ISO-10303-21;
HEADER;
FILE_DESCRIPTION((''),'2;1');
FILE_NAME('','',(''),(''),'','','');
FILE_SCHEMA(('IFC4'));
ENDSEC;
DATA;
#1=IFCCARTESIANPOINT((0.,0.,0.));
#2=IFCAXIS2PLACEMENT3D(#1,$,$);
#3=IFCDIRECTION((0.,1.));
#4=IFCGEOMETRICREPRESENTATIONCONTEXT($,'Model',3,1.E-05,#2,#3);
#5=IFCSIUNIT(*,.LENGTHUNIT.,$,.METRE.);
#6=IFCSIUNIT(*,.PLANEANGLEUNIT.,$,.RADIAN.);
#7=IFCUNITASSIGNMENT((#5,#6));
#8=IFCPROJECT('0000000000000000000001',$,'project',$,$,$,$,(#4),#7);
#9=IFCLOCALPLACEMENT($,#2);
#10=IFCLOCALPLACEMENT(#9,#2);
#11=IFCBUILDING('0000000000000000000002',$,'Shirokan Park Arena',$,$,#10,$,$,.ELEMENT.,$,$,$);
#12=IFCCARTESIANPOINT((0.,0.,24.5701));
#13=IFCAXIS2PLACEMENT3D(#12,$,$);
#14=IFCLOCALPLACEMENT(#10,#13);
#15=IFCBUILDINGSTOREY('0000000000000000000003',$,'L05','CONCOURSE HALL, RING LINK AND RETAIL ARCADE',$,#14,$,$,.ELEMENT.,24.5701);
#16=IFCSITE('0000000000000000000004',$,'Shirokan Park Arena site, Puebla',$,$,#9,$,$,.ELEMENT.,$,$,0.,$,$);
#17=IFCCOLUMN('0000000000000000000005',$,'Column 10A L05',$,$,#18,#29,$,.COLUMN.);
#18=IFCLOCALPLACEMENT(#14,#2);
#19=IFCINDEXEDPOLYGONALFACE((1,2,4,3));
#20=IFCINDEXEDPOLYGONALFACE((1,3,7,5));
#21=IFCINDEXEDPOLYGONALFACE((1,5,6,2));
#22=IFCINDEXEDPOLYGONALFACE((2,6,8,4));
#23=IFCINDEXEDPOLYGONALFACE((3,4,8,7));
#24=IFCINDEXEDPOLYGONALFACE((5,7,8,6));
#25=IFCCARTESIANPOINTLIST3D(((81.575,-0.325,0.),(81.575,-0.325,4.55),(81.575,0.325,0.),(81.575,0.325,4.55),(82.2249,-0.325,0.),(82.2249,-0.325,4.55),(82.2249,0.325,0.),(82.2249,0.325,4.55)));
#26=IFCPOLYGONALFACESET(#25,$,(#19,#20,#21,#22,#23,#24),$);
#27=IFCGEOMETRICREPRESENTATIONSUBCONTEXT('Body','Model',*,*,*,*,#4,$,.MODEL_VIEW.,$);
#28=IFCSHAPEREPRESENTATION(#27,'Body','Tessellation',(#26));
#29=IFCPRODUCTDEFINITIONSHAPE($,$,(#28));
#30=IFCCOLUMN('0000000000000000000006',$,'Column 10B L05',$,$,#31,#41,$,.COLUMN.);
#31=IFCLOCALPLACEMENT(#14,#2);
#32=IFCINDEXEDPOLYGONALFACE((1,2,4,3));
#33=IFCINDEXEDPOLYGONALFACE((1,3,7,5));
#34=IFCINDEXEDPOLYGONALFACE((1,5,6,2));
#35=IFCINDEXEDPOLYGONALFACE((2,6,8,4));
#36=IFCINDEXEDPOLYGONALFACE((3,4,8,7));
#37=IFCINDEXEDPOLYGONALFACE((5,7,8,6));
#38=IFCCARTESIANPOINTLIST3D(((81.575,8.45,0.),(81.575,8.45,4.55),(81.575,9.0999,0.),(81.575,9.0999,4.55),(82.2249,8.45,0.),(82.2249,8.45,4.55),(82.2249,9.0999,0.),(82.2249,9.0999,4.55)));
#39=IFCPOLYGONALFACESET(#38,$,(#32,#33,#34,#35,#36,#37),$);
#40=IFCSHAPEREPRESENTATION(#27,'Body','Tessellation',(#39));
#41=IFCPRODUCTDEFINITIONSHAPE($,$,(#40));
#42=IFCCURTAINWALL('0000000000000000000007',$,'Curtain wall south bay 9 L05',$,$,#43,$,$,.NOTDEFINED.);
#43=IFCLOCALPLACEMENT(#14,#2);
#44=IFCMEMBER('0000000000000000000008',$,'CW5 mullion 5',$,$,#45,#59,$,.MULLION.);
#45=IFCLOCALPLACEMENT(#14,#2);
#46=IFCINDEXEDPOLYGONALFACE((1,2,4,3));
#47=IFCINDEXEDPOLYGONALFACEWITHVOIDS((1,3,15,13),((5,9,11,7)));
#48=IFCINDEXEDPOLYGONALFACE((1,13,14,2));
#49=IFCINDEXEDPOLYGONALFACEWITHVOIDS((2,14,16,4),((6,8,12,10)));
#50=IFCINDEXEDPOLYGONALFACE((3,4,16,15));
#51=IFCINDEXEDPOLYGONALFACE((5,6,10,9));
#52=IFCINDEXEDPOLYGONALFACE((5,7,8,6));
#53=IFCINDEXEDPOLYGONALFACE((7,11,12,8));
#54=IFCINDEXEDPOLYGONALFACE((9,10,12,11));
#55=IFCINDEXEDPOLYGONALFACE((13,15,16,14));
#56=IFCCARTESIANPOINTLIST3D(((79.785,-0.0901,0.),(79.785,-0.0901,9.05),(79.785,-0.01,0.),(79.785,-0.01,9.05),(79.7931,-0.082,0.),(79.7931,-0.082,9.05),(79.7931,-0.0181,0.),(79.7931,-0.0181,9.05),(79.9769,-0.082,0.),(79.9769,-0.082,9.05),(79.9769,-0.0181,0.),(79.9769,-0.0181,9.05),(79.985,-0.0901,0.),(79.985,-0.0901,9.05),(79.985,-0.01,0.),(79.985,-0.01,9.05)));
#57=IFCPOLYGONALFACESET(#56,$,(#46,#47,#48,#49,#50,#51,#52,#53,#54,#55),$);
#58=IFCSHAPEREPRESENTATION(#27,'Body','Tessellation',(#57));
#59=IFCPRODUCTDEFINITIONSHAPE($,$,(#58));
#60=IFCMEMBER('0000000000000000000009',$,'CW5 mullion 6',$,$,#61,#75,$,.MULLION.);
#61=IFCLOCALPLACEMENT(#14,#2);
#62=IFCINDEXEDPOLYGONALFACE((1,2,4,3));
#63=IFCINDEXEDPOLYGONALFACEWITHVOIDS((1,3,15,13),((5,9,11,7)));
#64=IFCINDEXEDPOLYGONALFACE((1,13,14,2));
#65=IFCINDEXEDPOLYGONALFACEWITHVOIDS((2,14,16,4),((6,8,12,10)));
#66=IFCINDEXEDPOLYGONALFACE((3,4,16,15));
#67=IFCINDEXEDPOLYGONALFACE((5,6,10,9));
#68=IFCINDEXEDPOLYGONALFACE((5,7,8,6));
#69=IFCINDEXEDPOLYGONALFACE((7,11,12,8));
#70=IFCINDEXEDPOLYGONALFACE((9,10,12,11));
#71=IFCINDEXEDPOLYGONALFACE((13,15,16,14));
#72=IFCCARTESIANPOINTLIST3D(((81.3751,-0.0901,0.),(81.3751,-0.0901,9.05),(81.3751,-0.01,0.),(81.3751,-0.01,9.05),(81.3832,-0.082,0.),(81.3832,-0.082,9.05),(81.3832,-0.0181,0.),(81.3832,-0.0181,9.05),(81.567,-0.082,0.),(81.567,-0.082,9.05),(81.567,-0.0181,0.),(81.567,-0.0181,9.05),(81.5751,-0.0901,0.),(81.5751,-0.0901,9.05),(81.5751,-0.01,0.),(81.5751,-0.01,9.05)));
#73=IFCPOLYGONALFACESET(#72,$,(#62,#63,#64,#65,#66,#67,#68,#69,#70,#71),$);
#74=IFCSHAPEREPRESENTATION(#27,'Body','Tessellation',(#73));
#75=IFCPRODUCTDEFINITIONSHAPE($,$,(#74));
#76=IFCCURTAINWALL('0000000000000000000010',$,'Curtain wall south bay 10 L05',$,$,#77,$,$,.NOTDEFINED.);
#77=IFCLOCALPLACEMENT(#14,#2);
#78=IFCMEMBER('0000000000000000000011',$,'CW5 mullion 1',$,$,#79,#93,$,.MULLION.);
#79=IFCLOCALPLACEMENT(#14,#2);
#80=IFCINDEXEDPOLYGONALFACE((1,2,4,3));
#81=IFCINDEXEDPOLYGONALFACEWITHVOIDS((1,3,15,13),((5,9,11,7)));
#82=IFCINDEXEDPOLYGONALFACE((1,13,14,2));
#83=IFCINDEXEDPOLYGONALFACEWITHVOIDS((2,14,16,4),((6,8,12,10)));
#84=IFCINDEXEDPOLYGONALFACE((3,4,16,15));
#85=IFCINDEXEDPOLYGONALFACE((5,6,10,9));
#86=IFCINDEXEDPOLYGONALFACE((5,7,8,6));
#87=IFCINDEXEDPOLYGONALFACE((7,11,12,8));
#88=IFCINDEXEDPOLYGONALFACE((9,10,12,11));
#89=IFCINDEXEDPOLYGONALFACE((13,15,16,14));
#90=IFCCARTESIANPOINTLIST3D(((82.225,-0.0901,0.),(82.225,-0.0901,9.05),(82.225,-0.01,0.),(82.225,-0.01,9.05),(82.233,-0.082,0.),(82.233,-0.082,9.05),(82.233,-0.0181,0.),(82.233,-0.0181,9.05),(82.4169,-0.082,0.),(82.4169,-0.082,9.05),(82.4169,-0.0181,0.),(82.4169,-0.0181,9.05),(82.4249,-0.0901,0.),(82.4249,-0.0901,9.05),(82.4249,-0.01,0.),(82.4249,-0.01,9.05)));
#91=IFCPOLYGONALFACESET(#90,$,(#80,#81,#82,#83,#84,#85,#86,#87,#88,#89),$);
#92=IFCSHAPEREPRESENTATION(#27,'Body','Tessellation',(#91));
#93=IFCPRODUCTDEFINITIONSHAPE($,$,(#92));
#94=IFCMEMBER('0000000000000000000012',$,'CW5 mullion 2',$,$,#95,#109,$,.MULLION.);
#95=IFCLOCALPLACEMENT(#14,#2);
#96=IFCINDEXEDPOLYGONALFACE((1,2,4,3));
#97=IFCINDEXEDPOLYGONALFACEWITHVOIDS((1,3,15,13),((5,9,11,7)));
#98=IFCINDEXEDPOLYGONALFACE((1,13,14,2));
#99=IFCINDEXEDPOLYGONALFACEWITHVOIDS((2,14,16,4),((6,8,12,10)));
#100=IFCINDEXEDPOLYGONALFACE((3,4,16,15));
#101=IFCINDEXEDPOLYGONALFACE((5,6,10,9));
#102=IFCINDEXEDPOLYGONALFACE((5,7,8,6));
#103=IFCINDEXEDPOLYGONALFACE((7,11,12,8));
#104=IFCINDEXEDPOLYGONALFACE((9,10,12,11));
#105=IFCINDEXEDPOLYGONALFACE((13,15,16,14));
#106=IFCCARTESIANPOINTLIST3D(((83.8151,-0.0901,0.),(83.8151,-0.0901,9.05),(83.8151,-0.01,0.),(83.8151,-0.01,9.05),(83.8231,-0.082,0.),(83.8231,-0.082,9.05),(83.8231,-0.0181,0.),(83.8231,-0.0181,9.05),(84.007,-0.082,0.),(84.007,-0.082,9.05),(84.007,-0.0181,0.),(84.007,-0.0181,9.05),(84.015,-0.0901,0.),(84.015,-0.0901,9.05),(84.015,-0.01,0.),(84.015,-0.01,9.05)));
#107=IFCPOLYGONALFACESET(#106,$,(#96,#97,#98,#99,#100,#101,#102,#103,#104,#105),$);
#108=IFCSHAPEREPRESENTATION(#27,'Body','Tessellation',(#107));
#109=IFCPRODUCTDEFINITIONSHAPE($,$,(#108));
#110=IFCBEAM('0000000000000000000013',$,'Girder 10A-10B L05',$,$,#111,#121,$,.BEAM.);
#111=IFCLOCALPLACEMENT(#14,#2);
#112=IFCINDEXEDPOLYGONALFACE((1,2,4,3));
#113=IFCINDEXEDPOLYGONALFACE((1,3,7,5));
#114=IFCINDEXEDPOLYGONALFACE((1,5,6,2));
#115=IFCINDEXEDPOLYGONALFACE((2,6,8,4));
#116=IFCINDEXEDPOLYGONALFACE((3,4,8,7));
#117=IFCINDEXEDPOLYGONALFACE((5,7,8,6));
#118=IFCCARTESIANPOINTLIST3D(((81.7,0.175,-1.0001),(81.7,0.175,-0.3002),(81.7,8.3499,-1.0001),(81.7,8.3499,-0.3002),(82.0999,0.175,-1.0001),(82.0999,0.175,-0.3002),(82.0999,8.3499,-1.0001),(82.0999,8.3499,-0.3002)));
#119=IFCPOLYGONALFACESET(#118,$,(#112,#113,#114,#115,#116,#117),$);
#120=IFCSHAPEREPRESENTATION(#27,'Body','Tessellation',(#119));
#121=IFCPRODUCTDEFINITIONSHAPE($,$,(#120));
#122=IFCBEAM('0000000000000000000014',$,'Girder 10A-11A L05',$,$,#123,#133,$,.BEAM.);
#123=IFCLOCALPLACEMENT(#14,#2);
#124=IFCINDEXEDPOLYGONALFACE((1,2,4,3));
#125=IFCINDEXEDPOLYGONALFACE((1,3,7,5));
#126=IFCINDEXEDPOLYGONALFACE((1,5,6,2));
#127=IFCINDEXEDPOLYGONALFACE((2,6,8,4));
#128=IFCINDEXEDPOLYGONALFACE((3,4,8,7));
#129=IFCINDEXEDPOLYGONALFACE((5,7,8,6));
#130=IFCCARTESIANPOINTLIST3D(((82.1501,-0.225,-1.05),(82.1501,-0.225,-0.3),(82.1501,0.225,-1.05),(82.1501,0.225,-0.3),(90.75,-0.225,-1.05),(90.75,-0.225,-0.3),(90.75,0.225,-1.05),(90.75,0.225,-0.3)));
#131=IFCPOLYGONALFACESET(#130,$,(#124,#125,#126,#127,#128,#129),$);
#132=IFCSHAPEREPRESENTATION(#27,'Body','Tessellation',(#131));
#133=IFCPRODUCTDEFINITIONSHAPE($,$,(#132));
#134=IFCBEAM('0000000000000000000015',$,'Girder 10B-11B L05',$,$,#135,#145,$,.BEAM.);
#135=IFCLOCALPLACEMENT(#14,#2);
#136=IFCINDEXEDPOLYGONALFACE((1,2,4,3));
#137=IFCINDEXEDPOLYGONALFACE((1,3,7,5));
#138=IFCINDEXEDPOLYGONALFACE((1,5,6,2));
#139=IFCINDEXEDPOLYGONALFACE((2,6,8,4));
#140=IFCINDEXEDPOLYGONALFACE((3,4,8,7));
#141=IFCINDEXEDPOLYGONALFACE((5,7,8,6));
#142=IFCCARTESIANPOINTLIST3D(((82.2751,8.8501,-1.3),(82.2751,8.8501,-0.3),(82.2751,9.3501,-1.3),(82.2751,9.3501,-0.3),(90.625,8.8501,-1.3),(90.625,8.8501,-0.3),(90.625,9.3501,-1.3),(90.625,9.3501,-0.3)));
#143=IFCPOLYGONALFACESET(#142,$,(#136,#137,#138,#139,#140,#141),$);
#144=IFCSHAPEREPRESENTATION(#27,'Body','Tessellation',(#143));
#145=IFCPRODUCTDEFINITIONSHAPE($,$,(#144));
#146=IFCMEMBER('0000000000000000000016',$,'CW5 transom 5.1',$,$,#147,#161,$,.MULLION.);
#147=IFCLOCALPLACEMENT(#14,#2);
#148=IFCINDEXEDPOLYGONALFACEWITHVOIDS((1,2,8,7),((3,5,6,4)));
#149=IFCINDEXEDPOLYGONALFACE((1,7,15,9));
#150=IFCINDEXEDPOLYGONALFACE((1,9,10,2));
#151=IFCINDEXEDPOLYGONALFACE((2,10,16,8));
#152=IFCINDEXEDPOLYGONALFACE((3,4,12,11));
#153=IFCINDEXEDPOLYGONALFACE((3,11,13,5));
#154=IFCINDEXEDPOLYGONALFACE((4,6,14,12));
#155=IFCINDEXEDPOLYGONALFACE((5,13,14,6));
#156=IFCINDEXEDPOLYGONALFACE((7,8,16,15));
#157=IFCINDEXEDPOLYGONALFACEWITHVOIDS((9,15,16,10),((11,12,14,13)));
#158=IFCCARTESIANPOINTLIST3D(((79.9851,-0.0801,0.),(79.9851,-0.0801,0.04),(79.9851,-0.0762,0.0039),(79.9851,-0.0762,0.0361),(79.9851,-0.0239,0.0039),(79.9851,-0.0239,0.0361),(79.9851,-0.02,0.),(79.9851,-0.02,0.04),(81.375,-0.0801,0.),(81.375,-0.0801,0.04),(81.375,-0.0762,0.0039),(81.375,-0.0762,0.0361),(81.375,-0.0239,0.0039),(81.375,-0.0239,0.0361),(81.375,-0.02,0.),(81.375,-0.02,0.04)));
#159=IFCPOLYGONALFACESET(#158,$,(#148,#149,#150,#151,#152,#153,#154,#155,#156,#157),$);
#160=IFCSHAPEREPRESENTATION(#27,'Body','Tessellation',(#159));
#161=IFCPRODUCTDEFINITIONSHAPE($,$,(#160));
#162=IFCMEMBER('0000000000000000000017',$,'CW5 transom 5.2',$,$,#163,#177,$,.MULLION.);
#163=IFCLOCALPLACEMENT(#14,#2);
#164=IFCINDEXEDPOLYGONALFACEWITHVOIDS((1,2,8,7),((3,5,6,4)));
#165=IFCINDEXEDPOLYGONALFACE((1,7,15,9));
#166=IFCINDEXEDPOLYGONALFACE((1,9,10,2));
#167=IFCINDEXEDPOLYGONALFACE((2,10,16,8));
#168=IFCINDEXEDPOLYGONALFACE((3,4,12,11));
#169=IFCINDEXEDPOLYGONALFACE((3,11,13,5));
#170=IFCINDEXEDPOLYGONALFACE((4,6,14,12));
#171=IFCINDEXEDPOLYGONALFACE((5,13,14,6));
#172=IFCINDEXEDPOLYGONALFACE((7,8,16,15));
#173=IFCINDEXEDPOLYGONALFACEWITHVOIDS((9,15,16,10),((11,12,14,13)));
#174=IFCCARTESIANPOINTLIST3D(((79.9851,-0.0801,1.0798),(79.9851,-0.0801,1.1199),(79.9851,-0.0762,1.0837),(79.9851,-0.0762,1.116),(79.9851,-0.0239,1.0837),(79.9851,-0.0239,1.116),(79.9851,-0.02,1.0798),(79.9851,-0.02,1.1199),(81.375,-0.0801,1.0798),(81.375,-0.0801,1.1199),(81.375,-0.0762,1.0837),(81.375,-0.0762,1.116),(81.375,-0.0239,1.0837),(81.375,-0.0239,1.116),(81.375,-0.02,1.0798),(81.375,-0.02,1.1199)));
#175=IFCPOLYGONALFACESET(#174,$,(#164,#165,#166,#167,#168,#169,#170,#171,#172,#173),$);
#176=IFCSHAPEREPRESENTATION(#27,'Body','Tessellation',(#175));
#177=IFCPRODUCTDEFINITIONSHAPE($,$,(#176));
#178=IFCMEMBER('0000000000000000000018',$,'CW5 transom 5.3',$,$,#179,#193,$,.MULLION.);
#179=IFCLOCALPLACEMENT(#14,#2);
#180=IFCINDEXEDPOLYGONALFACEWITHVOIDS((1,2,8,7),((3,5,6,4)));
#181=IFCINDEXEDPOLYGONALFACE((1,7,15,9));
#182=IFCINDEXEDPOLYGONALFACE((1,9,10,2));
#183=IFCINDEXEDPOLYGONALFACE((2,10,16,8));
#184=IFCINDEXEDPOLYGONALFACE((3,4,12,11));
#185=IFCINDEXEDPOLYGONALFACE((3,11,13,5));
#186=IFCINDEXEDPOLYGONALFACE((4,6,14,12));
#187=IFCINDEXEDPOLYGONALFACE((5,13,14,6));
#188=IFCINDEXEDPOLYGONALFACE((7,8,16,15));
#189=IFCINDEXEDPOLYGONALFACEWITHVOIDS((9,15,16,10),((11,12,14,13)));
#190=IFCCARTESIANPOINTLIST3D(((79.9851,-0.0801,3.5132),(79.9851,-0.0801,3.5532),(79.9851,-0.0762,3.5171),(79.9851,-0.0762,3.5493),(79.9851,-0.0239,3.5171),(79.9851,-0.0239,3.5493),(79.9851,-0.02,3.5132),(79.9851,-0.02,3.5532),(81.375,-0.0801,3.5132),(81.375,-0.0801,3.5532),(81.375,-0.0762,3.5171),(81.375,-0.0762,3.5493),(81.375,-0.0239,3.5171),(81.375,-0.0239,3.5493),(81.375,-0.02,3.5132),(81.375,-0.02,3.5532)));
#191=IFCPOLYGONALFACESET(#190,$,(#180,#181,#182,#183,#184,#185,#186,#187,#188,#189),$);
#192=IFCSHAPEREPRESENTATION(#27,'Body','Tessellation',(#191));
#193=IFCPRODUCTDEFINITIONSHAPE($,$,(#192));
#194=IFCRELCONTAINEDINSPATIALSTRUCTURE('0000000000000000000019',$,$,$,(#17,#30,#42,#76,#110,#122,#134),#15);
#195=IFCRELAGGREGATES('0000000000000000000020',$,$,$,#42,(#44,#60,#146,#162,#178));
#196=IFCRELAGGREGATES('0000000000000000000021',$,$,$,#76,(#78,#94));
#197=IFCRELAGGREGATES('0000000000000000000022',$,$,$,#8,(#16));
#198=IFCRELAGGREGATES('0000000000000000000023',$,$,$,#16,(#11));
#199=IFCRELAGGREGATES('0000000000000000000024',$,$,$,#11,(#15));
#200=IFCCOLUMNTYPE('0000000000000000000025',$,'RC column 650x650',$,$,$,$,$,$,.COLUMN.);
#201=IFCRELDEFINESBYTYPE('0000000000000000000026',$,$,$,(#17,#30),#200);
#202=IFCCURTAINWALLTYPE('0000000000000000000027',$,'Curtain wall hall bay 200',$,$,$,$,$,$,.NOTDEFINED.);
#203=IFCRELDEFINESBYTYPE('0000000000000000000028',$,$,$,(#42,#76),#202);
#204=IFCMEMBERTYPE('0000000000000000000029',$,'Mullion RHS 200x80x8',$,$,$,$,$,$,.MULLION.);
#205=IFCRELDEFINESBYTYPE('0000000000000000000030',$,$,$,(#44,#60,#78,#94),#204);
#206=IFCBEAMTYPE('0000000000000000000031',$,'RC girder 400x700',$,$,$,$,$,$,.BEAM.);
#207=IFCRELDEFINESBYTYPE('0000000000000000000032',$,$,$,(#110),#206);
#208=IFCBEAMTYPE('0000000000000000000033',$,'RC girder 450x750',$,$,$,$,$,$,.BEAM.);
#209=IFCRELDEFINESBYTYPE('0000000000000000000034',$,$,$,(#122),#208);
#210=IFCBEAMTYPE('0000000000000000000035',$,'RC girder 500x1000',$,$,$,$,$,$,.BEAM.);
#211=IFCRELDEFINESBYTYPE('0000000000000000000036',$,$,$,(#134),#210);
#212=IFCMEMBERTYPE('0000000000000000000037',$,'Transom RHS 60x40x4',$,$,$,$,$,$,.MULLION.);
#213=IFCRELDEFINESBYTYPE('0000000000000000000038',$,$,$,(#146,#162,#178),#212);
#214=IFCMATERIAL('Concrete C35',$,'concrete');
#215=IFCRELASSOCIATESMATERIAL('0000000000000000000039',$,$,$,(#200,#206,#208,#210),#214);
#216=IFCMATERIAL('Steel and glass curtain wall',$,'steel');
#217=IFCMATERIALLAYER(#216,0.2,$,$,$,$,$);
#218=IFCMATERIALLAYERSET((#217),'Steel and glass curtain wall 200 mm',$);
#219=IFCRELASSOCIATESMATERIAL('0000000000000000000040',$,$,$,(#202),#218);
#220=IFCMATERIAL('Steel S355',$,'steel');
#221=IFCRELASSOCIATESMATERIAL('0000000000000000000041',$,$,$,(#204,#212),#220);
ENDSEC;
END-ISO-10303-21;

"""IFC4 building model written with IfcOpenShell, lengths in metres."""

from ifc_helpers import new_model, si_unit, direction, frame, origin, origin_2d, place, context, subcontext, project, spatial, rectangle, hollow_rectangle, extrude, material, layer, layer_set, material_profile, profile_set, type_object, element, aggregate, save


model = new_model("IFC4")

# Units and contexts
model_context = context("Model", 3, precision=1e-05, world=origin(), true_north=direction((0.0, 1.0)))
body_context = subcontext(model_context, "Body", "Model", "MODEL_VIEW")
ifc_project = project(units=[si_unit("LENGTHUNIT", "METRE"), si_unit("PLANEANGLEUNIT", "RADIAN")], contexts=[model_context])

# Site, building, storey
site_placement = place(None, origin())
site = spatial("IfcSite", under=ifc_project, at=site_placement, Name="Shirokan Park Arena site, Puebla", CompositionType="ELEMENT", RefElevation=0.0)
building_placement = place(site_placement, origin())
building = spatial("IfcBuilding", under=site, at=building_placement, Name="Shirokan Park Arena", CompositionType="ELEMENT")
storey_placement = place(building_placement, frame((0.0, 0.0, 24.5701)))
storey = spatial("IfcBuildingStorey", under=building, at=storey_placement, Name="L05", Description="CONCOURSE HALL, RING LINK AND RETAIL ARCADE", CompositionType="ELEMENT", Elevation=24.5701)

# Columns
ifc_material_1 = material(Name="Concrete C35", Category="concrete")
ifc_material_profile_1 = material_profile(ifc_material_1, rectangle(XDim=0.6499, YDim=0.6499, at=origin_2d()), Name="650x650")
ifc_profile_set_1 = profile_set([ifc_material_profile_1], Name="Concrete C35")
column_type = type_object("IfcColumnType", Name="RC column 650x650", PredefinedType="COLUMN", material=ifc_profile_set_1)
for number, where, z_axis, x_axis, name in (
    (1, (81.8999, 0.0, 0.0), (0.0, 0.0, 1.0), (1.0, 0.0, 0.0), "Column 10A L05"),
    (2, (81.8999, 8.7749, 0.0), (0.0, 0.0, 1.0), (1.0, 0.0, 0.0), "Column 10B L05"),
):
    element("IfcColumn", number, at=place(storey_placement, frame(where, z_axis=z_axis, x_axis=x_axis)), inside=storey, type_object=column_type, Name=name, PredefinedType="COLUMN", context=body_context, shape_type="SweptSolid", body=[
        extrude(rectangle(XDim=0.6499, YDim=0.6499, at=origin_2d()), origin(), (0.0, 0.0, 1.0), 4.55),
    ])

# Curtain walls, members
ifc_material_2 = material(Name="Steel and glass curtain wall", Category="steel")
ifc_layer_1 = layer(ifc_material_2, 0.2)
ifc_layer_set_1 = layer_set([ifc_layer_1], Name="Steel and glass curtain wall 200 mm")
curtain_wall_type = type_object("IfcCurtainWallType", Name="Curtain wall hall bay 200", PredefinedType="NOTDEFINED", material=ifc_layer_set_1)
curtain_wall_1_placement = place(storey_placement, origin())
curtain_wall_1 = element("IfcCurtainWall", 3, at=curtain_wall_1_placement, inside=storey, type_object=curtain_wall_type, Name="Curtain wall south bay 9 L05", PredefinedType="NOTDEFINED")
ifc_material_3 = material(Name="Steel S355", Category="steel")
ifc_material_profile_2 = material_profile(ifc_material_3, hollow_rectangle(XDim=0.0801, YDim=0.2, WallThickness=0.0081, at=origin_2d()), Name="RHS 200x80x8")
ifc_profile_set_2 = profile_set([ifc_material_profile_2], Name="Steel S355")
member_type_1 = type_object("IfcMemberType", Name="Mullion RHS 200x80x8", PredefinedType="MULLION", material=ifc_profile_set_2)
member_1_placement = place(storey_placement, frame((79.885, -0.05, 0.0), z_axis=(0.0, 0.0, 1.0), x_axis=(0.0, 1.0, 0.0)))
member_1 = element("IfcMember", 4, at=member_1_placement, type_object=member_type_1, Name="CW5 mullion 5", PredefinedType="MULLION", context=body_context, shape_type="SweptSolid", body=[
    extrude(hollow_rectangle(XDim=0.0801, YDim=0.2, WallThickness=0.0081, at=origin_2d()), origin(), (0.0, 0.0, 1.0), 9.05),
])
member_2_placement = place(storey_placement, frame((81.4751, -0.05, 0.0), z_axis=(0.0, 0.0, 1.0), x_axis=(0.0, 1.0, 0.0)))
member_2 = element("IfcMember", 5, at=member_2_placement, type_object=member_type_1, Name="CW5 mullion 6", PredefinedType="MULLION", context=body_context, shape_type="SweptSolid", body=[
    extrude(hollow_rectangle(XDim=0.0801, YDim=0.2, WallThickness=0.0081, at=origin_2d()), origin(), (0.0, 0.0, 1.0), 9.05),
])
curtain_wall_2_placement = place(storey_placement, origin())
curtain_wall_2 = element("IfcCurtainWall", 6, at=curtain_wall_2_placement, inside=storey, type_object=curtain_wall_type, Name="Curtain wall south bay 10 L05", PredefinedType="NOTDEFINED")
member_3_placement = place(storey_placement, frame((82.325, -0.05, 0.0), z_axis=(0.0, 0.0, 1.0), x_axis=(0.0, 1.0, 0.0)))
member_3 = element("IfcMember", 7, at=member_3_placement, type_object=member_type_1, Name="CW5 mullion 1", PredefinedType="MULLION", context=body_context, shape_type="SweptSolid", body=[
    extrude(hollow_rectangle(XDim=0.0801, YDim=0.2, WallThickness=0.0081, at=origin_2d()), origin(), (0.0, 0.0, 1.0), 9.05),
])
member_4_placement = place(storey_placement, frame((83.915, -0.05, 0.0), z_axis=(0.0, 0.0, 1.0), x_axis=(0.0, 1.0, 0.0)))
member_4 = element("IfcMember", 8, at=member_4_placement, type_object=member_type_1, Name="CW5 mullion 2", PredefinedType="MULLION", context=body_context, shape_type="SweptSolid", body=[
    extrude(hollow_rectangle(XDim=0.0801, YDim=0.2, WallThickness=0.0081, at=origin_2d()), origin(), (0.0, 0.0, 1.0), 9.05),
])

# Beams
ifc_material_profile_3 = material_profile(ifc_material_1, rectangle(XDim=0.3999, YDim=0.7, at=origin_2d()), Name="400x700")
ifc_profile_set_3 = profile_set([ifc_material_profile_3], Name="Concrete C35")
beam_type_1 = type_object("IfcBeamType", Name="RC girder 400x700", PredefinedType="BEAM", material=ifc_profile_set_3)
beam_1_placement = place(storey_placement, frame((81.8999, 0.175, -0.6501), z_axis=(0.0, 1.0, 0.0), x_axis=(-1.0, 0.0, 0.0)))
element("IfcBeam", 9, at=beam_1_placement, inside=storey, type_object=beam_type_1, Name="Girder 10A-10B L05", PredefinedType="BEAM", context=body_context, shape_type="SweptSolid", body=[
    extrude(rectangle(XDim=0.3999, YDim=0.7, at=origin_2d()), origin(), (0.0, 0.0, 1.0), 8.1748),
])
ifc_material_profile_4 = material_profile(ifc_material_1, rectangle(XDim=0.45, YDim=0.75, at=origin_2d()), Name="450x750")
ifc_profile_set_4 = profile_set([ifc_material_profile_4], Name="Concrete C35")
beam_type_2 = type_object("IfcBeamType", Name="RC girder 450x750", PredefinedType="BEAM", material=ifc_profile_set_4)
beam_2_placement = place(storey_placement, frame((82.1501, 0.0, -0.675), z_axis=(1.0, 0.0, 0.0), x_axis=(0.0, 1.0, 0.0)))
element("IfcBeam", 10, at=beam_2_placement, inside=storey, type_object=beam_type_2, Name="Girder 10A-11A L05", PredefinedType="BEAM", context=body_context, shape_type="SweptSolid", body=[
    extrude(rectangle(XDim=0.45, YDim=0.75, at=origin_2d()), origin(), (0.0, 0.0, 1.0), 8.5999),
])
ifc_material_profile_5 = material_profile(ifc_material_1, rectangle(XDim=0.5, YDim=1.0, at=origin_2d()), Name="500x1000")
ifc_profile_set_5 = profile_set([ifc_material_profile_5], Name="Concrete C35")
beam_type_3 = type_object("IfcBeamType", Name="RC girder 500x1000", PredefinedType="BEAM", material=ifc_profile_set_5)
beam_3_placement = place(storey_placement, frame((82.2751, 9.1001, -0.8), z_axis=(1.0, 0.0, 0.0), x_axis=(0.0, 1.0, 0.0)))
element("IfcBeam", 11, at=beam_3_placement, inside=storey, type_object=beam_type_3, Name="Girder 10B-11B L05", PredefinedType="BEAM", context=body_context, shape_type="SweptSolid", body=[
    extrude(rectangle(XDim=0.5, YDim=1.0, at=origin_2d()), origin(), (0.0, 0.0, 1.0), 8.3499),
])

# Members
ifc_material_profile_6 = material_profile(ifc_material_3, hollow_rectangle(XDim=0.0601, YDim=0.04, WallThickness=0.0039, at=origin_2d()), Name="RHS 60x40x4")
ifc_profile_set_6 = profile_set([ifc_material_profile_6], Name="Steel S355")
member_type_2 = type_object("IfcMemberType", Name="Transom RHS 60x40x4", PredefinedType="MULLION", material=ifc_profile_set_6)
member_5_placement = place(storey_placement, frame((79.9851, -0.05, 0.02), z_axis=(1.0, 0.0, 0.0), x_axis=(0.0, 1.0, 0.0)))
member_5 = element("IfcMember", 12, at=member_5_placement, type_object=member_type_2, Name="CW5 transom 5.1", PredefinedType="MULLION", context=body_context, shape_type="SweptSolid", body=[
    extrude(hollow_rectangle(XDim=0.0601, YDim=0.04, WallThickness=0.0039, at=origin_2d()), origin(), (0.0, 0.0, 1.0), 1.3899),
])
member_6_placement = place(storey_placement, frame((79.9851, -0.05, 1.0999), z_axis=(1.0, 0.0, 0.0), x_axis=(0.0, 1.0, 0.0)))
member_6 = element("IfcMember", 13, at=member_6_placement, type_object=member_type_2, Name="CW5 transom 5.2", PredefinedType="MULLION", context=body_context, shape_type="SweptSolid", body=[
    extrude(hollow_rectangle(XDim=0.0601, YDim=0.04, WallThickness=0.0039, at=origin_2d()), origin(), (0.0, 0.0, 1.0), 1.3899),
])
member_7_placement = place(storey_placement, frame((79.9851, -0.05, 3.5332), z_axis=(1.0, 0.0, 0.0), x_axis=(0.0, 1.0, 0.0)))
member_7 = element("IfcMember", 14, at=member_7_placement, type_object=member_type_2, Name="CW5 transom 5.3", PredefinedType="MULLION", context=body_context, shape_type="SweptSolid", body=[
    extrude(hollow_rectangle(XDim=0.0601, YDim=0.04, WallThickness=0.0039, at=origin_2d()), origin(), (0.0, 0.0, 1.0), 1.3899),
])

aggregate(curtain_wall_1, [member_1, member_2, member_5, member_6, member_7])
aggregate(curtain_wall_2, [member_3, member_4])

save(model, "model.ifc")
